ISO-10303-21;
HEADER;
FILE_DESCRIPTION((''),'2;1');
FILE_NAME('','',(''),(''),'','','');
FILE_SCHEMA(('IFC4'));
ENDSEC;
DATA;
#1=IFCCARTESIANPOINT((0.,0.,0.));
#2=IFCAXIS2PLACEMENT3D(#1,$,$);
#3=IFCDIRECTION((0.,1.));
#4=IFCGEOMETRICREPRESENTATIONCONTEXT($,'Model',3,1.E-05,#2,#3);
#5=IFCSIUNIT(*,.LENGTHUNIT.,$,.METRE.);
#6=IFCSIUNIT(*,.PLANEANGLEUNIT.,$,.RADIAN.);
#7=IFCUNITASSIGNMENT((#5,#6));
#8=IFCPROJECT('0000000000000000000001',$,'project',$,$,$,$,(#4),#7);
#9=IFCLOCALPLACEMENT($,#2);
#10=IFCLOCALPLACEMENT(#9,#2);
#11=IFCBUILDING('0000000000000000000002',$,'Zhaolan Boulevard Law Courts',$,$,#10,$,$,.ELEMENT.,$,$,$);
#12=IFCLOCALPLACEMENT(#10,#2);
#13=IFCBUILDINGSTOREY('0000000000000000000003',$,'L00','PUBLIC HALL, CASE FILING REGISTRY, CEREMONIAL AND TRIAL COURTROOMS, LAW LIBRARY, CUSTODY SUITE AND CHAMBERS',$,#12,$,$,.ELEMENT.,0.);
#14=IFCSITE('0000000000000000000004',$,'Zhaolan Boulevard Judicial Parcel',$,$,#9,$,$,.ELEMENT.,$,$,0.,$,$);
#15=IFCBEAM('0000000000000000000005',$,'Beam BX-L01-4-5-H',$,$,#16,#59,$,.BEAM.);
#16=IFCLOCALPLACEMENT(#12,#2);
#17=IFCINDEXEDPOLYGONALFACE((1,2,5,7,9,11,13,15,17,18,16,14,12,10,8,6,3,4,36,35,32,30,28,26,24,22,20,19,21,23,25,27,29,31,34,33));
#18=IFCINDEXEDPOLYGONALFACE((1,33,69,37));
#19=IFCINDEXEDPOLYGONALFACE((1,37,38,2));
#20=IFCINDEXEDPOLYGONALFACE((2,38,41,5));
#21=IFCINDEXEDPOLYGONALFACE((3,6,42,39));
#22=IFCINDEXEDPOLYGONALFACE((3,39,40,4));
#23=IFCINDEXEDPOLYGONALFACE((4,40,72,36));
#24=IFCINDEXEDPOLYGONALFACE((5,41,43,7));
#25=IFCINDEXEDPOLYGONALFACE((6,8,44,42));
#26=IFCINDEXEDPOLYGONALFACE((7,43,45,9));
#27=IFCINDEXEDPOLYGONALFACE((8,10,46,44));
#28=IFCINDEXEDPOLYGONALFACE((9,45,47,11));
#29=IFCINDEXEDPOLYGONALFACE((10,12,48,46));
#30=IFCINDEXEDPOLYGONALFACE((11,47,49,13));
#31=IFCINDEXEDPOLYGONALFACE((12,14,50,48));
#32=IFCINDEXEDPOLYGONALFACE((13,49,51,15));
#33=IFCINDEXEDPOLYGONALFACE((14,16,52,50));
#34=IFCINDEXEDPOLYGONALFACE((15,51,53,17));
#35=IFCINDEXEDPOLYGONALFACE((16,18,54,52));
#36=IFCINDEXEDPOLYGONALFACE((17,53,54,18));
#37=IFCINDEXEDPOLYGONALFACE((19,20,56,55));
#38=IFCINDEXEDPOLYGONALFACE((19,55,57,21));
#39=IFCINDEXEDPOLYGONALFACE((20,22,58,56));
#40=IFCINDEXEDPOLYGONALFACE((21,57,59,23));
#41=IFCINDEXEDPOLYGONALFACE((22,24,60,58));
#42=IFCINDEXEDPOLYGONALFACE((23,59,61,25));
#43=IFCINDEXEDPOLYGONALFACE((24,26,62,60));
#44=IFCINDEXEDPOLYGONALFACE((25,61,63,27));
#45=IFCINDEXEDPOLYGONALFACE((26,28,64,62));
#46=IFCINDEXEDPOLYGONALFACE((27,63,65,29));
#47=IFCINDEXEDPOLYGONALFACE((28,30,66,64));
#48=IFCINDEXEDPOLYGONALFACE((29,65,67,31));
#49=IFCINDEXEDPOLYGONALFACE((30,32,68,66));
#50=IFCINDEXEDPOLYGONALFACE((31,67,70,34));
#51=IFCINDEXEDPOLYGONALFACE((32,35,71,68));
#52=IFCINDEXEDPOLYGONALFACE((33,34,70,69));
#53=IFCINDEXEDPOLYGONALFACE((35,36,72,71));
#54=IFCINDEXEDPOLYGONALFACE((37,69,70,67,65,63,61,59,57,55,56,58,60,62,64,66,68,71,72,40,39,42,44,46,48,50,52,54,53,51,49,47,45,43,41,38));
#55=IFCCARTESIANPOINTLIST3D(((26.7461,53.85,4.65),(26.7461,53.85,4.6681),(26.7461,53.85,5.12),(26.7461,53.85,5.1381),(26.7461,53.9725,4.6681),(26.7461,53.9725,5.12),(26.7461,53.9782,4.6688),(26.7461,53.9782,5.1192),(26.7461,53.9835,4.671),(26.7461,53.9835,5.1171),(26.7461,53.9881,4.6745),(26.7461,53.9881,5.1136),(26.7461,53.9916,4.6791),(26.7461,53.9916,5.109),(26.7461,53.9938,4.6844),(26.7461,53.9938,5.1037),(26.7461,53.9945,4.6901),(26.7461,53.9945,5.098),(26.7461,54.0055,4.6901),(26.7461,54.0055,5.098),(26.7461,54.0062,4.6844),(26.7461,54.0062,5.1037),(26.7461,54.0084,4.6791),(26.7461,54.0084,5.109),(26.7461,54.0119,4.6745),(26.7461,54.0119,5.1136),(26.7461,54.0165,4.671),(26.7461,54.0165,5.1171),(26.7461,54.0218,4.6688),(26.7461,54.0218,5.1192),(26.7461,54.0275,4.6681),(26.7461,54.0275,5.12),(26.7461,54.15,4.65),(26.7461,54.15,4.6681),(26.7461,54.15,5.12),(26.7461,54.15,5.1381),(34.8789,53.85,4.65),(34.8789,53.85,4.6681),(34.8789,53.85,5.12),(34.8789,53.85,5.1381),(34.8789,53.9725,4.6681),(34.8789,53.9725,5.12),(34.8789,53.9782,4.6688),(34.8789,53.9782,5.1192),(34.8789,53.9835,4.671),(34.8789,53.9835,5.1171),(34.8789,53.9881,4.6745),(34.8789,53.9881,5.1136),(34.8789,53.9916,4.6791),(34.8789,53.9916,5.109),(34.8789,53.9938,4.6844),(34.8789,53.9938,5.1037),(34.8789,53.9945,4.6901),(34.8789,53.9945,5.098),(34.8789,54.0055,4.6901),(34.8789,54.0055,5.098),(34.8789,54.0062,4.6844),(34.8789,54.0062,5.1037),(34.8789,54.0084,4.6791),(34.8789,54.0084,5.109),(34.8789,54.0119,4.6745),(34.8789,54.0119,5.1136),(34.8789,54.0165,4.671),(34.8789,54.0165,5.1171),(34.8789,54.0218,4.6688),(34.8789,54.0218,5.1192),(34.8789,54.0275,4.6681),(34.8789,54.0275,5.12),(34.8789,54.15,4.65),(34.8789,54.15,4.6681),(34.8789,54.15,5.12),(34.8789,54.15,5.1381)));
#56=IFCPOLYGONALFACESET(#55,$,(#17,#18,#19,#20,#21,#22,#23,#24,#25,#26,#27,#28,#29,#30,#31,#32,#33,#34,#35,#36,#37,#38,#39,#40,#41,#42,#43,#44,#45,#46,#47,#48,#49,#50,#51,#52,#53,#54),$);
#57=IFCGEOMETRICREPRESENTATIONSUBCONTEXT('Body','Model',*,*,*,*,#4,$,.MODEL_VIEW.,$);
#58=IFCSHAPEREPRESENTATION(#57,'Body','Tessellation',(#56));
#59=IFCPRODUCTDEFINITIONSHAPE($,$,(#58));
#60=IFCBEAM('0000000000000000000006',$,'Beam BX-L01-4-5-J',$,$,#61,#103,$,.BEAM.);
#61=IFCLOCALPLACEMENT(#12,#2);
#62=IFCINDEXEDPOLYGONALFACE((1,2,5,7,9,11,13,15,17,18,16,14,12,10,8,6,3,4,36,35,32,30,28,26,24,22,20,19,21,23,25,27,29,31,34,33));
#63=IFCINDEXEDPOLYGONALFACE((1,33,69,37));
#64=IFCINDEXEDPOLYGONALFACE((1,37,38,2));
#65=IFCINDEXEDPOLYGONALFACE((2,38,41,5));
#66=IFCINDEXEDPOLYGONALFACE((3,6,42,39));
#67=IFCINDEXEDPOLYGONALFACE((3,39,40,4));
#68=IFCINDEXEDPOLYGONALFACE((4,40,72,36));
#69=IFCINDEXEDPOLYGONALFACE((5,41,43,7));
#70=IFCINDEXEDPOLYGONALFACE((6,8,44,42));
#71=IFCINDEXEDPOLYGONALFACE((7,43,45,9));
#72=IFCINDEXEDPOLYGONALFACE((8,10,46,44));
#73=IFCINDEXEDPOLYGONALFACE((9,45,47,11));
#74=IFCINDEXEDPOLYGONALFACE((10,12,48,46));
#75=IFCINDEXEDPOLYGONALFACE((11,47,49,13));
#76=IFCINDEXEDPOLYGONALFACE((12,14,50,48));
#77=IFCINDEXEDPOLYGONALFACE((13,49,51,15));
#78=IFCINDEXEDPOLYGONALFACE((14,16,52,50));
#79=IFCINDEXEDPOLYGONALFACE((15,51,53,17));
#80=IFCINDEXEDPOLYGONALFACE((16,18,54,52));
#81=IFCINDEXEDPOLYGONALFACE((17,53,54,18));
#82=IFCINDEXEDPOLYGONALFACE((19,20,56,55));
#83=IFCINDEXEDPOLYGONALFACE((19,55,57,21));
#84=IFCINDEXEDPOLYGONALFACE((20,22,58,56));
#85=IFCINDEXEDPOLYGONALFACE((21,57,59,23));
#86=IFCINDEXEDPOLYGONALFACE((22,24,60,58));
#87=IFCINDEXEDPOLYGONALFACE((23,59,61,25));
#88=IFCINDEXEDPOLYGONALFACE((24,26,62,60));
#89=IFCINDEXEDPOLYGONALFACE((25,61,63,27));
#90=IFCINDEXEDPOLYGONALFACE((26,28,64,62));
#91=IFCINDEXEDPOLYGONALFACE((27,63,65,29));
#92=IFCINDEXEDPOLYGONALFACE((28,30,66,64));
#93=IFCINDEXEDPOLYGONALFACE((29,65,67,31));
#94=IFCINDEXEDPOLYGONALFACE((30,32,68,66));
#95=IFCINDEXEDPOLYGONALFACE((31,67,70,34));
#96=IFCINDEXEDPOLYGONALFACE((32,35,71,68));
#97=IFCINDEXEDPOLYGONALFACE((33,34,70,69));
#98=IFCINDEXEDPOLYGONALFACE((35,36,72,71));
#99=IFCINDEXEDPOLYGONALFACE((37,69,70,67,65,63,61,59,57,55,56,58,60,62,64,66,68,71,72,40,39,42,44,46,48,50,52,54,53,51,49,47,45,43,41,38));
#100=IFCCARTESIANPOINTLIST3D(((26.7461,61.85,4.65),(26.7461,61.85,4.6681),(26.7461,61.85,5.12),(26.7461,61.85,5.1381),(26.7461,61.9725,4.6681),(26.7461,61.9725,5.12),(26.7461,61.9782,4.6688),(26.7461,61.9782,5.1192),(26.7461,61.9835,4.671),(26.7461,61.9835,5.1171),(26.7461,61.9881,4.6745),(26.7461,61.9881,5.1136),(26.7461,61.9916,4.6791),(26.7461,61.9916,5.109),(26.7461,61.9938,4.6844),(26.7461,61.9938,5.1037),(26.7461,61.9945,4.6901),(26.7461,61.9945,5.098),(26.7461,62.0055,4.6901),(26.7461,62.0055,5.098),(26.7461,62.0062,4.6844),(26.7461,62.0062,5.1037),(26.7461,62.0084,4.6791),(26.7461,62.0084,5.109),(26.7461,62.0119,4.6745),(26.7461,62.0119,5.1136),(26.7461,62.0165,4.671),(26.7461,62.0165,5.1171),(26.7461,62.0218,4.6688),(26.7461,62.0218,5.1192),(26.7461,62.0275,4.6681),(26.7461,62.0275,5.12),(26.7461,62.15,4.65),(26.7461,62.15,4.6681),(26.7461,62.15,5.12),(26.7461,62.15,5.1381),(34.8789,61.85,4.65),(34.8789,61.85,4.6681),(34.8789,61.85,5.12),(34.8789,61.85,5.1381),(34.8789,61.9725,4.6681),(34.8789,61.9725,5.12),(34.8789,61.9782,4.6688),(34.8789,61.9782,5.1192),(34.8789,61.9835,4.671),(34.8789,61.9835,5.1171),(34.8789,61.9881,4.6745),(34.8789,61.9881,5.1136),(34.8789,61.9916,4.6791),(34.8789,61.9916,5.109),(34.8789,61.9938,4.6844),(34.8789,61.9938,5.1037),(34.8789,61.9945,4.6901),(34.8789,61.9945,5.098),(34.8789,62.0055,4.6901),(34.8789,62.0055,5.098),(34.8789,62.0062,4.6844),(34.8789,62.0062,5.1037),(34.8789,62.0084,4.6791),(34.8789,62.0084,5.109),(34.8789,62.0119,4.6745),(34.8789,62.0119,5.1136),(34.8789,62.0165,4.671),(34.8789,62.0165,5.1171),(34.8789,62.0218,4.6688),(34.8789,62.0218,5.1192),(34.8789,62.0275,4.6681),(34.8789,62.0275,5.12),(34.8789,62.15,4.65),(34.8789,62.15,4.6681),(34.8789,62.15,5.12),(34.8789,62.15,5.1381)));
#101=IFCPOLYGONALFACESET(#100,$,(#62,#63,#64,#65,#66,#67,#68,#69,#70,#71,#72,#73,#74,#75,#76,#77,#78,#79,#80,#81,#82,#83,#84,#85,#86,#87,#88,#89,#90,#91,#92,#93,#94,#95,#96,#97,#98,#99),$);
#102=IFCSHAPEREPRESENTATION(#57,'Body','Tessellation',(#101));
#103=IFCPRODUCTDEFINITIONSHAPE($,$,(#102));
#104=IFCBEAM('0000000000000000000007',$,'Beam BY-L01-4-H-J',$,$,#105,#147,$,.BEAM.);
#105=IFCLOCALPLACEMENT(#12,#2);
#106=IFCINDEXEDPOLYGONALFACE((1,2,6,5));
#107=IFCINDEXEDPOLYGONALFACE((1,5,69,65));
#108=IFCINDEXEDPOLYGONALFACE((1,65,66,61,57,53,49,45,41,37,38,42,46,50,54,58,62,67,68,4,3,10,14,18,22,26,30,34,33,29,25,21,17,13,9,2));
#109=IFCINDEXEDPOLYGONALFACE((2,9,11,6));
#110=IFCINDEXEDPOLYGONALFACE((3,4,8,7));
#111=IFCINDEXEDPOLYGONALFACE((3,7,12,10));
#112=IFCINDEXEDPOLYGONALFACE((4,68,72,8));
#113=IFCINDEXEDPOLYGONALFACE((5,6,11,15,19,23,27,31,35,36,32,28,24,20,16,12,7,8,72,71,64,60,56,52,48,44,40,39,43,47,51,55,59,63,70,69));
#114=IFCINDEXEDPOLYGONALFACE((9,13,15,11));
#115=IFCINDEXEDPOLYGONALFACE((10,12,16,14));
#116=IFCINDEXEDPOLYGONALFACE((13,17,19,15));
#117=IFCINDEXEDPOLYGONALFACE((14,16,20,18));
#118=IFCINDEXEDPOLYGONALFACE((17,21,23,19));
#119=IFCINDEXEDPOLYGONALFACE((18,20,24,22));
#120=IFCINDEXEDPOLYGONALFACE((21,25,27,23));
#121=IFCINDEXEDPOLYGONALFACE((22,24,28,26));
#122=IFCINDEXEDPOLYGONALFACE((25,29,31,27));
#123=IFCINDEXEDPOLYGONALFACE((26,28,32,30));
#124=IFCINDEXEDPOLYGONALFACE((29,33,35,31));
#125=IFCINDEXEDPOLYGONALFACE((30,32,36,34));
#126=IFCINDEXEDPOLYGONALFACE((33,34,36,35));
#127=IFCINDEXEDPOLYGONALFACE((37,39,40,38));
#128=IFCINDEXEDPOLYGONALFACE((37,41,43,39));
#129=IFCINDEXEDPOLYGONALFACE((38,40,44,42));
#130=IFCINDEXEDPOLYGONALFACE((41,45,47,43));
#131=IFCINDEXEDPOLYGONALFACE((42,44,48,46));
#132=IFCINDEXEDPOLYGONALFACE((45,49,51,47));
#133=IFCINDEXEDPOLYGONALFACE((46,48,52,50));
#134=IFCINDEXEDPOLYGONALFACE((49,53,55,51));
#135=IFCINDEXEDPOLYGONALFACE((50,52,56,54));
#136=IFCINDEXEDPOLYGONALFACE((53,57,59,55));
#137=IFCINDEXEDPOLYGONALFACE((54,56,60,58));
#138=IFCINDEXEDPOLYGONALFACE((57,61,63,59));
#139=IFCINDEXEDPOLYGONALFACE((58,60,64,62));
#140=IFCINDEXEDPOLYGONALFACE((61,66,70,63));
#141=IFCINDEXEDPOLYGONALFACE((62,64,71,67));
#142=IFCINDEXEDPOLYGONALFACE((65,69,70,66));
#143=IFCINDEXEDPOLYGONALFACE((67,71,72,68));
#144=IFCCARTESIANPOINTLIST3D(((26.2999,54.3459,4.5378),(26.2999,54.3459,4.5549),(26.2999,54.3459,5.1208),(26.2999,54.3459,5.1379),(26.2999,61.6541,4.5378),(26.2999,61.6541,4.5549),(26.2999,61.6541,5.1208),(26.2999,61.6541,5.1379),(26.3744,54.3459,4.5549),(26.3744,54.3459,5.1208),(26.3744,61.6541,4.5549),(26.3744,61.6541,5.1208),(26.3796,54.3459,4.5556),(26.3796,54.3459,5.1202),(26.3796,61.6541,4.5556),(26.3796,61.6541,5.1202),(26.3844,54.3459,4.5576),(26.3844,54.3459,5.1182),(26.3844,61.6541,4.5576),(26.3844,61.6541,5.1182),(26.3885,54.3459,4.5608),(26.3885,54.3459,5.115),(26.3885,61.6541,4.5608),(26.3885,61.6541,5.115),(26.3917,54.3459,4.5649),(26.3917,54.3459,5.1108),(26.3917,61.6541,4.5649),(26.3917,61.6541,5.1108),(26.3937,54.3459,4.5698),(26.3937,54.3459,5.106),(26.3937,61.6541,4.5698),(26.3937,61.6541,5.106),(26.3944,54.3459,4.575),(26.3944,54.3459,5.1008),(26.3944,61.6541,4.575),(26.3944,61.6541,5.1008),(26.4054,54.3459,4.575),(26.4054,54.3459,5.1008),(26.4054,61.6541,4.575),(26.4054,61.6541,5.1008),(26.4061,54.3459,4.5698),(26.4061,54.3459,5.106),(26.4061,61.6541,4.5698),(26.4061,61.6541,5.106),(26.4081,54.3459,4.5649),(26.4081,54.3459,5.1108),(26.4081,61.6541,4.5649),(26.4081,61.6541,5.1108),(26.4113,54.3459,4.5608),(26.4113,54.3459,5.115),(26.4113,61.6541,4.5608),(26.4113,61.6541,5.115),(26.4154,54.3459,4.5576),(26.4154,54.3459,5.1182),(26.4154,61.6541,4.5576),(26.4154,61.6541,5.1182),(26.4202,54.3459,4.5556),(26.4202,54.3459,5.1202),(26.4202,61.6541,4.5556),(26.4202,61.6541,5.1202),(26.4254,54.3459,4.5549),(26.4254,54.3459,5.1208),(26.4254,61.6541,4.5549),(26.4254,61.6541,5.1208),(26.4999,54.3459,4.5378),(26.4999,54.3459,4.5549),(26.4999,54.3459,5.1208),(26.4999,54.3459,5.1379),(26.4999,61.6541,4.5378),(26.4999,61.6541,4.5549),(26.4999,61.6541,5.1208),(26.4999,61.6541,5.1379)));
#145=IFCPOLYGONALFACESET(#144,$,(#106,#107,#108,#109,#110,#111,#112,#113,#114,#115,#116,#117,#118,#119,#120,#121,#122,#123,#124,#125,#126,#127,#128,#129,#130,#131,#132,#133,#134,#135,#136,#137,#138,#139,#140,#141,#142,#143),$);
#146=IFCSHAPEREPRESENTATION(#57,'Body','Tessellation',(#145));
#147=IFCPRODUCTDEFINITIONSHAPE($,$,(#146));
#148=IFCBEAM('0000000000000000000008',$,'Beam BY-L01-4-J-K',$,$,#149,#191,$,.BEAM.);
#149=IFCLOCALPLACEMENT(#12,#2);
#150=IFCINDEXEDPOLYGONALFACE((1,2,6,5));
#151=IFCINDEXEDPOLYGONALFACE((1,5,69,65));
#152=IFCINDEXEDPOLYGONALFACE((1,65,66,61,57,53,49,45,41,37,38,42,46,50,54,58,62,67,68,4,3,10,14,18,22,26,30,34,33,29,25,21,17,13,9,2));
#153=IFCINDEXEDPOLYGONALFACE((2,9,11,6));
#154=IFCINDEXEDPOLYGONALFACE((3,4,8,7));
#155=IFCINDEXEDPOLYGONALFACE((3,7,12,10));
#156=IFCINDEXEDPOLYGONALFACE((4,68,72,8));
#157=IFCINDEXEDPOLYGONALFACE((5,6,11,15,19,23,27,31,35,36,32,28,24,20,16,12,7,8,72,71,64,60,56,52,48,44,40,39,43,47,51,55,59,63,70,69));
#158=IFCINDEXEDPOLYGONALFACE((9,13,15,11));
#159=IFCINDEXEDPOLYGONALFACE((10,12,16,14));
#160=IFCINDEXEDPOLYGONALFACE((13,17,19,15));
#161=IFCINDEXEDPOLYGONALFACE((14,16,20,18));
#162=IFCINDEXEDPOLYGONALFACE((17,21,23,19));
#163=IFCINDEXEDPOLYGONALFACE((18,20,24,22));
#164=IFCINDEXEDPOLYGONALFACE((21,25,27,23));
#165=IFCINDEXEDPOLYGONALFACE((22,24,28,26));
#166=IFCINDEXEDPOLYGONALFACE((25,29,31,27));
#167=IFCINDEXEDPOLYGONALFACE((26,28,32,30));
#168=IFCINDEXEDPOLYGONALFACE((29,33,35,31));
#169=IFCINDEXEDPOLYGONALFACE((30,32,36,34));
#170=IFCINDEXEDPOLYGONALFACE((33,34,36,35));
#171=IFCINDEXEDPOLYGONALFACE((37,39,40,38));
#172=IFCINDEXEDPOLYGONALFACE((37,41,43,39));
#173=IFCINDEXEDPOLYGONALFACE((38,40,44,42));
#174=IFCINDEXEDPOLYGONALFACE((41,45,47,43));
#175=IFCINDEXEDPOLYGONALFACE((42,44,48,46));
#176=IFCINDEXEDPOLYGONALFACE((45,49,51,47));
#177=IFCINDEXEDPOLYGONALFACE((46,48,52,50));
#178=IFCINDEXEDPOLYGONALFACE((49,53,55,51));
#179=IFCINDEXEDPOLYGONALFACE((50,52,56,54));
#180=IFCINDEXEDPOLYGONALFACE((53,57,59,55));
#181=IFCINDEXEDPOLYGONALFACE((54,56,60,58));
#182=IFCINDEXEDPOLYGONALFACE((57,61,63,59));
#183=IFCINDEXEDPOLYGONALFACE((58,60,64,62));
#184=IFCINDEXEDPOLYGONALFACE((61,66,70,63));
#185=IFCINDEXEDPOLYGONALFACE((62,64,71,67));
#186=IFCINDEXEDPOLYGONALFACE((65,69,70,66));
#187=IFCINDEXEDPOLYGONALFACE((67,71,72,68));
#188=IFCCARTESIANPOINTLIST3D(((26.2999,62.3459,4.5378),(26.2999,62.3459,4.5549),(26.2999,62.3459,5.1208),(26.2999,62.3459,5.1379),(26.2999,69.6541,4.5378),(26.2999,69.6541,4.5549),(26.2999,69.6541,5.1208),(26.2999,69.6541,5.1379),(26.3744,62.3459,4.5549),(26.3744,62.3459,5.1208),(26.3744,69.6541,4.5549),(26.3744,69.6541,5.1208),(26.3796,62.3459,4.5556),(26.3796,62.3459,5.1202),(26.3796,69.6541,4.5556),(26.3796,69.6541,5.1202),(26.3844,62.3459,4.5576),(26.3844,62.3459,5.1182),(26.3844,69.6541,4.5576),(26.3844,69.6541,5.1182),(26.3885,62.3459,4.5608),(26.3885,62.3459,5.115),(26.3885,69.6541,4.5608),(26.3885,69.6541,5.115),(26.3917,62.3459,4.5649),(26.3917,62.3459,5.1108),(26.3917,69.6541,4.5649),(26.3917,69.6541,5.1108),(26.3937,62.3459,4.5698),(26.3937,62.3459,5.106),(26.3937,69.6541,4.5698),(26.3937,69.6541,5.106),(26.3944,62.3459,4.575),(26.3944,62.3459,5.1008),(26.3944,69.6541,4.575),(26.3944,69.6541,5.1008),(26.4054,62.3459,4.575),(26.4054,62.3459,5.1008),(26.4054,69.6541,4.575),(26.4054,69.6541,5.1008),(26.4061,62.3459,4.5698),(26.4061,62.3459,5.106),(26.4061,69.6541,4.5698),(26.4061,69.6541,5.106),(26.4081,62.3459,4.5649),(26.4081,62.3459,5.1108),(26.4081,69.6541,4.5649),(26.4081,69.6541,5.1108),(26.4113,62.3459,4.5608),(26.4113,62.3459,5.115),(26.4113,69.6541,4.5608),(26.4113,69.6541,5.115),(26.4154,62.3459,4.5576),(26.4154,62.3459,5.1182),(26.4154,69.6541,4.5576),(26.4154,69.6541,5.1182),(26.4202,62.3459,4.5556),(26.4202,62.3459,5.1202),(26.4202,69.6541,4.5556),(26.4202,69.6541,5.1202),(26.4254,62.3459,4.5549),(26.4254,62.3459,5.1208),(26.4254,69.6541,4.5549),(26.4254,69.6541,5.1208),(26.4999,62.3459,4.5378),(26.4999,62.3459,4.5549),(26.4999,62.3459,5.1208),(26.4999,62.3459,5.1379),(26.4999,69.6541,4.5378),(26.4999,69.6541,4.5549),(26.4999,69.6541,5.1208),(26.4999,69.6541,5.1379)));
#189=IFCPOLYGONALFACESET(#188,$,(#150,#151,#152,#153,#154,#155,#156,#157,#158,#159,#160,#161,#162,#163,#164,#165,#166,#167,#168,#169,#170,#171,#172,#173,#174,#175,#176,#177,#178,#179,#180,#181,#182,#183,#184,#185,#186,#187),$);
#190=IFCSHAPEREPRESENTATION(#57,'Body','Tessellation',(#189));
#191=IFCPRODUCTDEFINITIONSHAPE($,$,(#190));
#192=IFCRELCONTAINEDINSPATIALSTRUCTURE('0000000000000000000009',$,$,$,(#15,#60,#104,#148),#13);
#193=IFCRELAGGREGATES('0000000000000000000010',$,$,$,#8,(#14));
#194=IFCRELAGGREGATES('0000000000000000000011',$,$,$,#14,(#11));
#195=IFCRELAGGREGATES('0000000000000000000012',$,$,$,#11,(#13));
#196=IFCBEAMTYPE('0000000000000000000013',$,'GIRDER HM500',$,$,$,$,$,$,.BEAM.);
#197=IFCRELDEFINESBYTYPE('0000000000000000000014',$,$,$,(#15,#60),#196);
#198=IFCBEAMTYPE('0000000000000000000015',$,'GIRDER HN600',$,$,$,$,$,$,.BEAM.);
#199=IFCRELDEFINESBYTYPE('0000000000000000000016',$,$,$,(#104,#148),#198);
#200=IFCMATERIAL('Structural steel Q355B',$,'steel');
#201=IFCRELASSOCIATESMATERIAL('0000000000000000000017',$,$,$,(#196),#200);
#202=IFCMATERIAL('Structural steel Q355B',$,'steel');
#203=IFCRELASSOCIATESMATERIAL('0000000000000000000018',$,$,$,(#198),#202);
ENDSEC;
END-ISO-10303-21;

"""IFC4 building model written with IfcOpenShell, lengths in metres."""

from ifc_helpers import new_model, si_unit, direction, frame, origin, origin_2d, place, context, subcontext, project, spatial, i_section, extrude, material, material_profile, profile_set, type_object, element, save


model = new_model("IFC4")

# Units and contexts
model_context = context("Model", 3, precision=1e-05, world=origin(), true_north=direction((0.0, 1.0)))
body_context = subcontext(model_context, "Body", "Model", "MODEL_VIEW")
ifc_project = project(units=[si_unit("LENGTHUNIT", "METRE"), si_unit("PLANEANGLEUNIT", "RADIAN")], contexts=[model_context])

# Site, building, storey
site_placement = place(None, origin())
site = spatial("IfcSite", under=ifc_project, at=site_placement, Name="Zhaolan Boulevard Judicial Parcel", CompositionType="ELEMENT", RefElevation=0.0)
building_placement = place(site_placement, origin())
building = spatial("IfcBuilding", under=site, at=building_placement, Name="Zhaolan Boulevard Law Courts", CompositionType="ELEMENT")
storey_placement = place(building_placement, origin())
storey = spatial("IfcBuildingStorey", under=building, at=storey_placement, Name="L00", Description="PUBLIC HALL, CASE FILING REGISTRY, CEREMONIAL AND TRIAL COURTROOMS, LAW LIBRARY, CUSTODY SUITE AND CHAMBERS", CompositionType="ELEMENT", Elevation=0.0)

# Beams
ifc_material_1 = material(Name="Structural steel Q355B", Category="steel")
ifc_material_profile_1 = material_profile(ifc_material_1, i_section(OverallWidth=0.3, OverallDepth=0.488, WebThickness=0.011, FlangeThickness=0.0181, FilletRadius=0.022, at=origin_2d()), Name="HM488x300")
ifc_profile_set_1 = profile_set([ifc_material_profile_1], Name="Structural steel Q355B")
beam_type_1 = type_object("IfcBeamType", Name="GIRDER HM500", PredefinedType="BEAM", material=ifc_profile_set_1)
for number, where, z_axis, x_axis, name in (
    (1, (26.7461, 54.0, 4.894), (1.0, 0.0, 0.0), (0.0, 1.0, 0.0), "Beam BX-L01-4-5-H"),
    (2, (26.7461, 62.0, 4.894), (1.0, 0.0, 0.0), (0.0, 1.0, 0.0), "Beam BX-L01-4-5-J"),
):
    element("IfcBeam", number, at=place(storey_placement, frame(where, z_axis=z_axis, x_axis=x_axis)), inside=storey, type_object=beam_type_1, Name=name, PredefinedType="BEAM", context=body_context, shape_type="SweptSolid", body=[
        extrude(i_section(OverallWidth=0.3, OverallDepth=0.488, WebThickness=0.011, FlangeThickness=0.0181, FilletRadius=0.022, at=origin_2d()), origin(), (0.0, 0.0, 1.0), 8.1328),
    ])
ifc_material_2 = material(Name="Structural steel Q355B", Category="steel")
ifc_material_profile_2 = material_profile(ifc_material_2, i_section(OverallWidth=0.2, OverallDepth=0.6001, WebThickness=0.011, FlangeThickness=0.0171, FilletRadius=0.02, at=origin_2d()), Name="HN600x200")
ifc_profile_set_2 = profile_set([ifc_material_profile_2], Name="Structural steel Q355B")
beam_type_2 = type_object("IfcBeamType", Name="GIRDER HN600", PredefinedType="BEAM", material=ifc_profile_set_2)
for number, where, z_axis, x_axis, name in (
    (3, (26.3999, 54.3459, 4.8379), (0.0, 1.0, 0.0), (-1.0, 0.0, 0.0), "Beam BY-L01-4-H-J"),
    (4, (26.3999, 62.3459, 4.8379), (0.0, 1.0, 0.0), (-1.0, 0.0, 0.0), "Beam BY-L01-4-J-K"),
):
    element("IfcBeam", number, at=place(storey_placement, frame(where, z_axis=z_axis, x_axis=x_axis)), inside=storey, type_object=beam_type_2, Name=name, PredefinedType="BEAM", context=body_context, shape_type="SweptSolid", body=[
        extrude(i_section(OverallWidth=0.2, OverallDepth=0.6001, WebThickness=0.011, FlangeThickness=0.0171, FilletRadius=0.02, at=origin_2d()), origin(), (0.0, 0.0, 1.0), 7.3081),
    ])

save(model, "model.ifc")
